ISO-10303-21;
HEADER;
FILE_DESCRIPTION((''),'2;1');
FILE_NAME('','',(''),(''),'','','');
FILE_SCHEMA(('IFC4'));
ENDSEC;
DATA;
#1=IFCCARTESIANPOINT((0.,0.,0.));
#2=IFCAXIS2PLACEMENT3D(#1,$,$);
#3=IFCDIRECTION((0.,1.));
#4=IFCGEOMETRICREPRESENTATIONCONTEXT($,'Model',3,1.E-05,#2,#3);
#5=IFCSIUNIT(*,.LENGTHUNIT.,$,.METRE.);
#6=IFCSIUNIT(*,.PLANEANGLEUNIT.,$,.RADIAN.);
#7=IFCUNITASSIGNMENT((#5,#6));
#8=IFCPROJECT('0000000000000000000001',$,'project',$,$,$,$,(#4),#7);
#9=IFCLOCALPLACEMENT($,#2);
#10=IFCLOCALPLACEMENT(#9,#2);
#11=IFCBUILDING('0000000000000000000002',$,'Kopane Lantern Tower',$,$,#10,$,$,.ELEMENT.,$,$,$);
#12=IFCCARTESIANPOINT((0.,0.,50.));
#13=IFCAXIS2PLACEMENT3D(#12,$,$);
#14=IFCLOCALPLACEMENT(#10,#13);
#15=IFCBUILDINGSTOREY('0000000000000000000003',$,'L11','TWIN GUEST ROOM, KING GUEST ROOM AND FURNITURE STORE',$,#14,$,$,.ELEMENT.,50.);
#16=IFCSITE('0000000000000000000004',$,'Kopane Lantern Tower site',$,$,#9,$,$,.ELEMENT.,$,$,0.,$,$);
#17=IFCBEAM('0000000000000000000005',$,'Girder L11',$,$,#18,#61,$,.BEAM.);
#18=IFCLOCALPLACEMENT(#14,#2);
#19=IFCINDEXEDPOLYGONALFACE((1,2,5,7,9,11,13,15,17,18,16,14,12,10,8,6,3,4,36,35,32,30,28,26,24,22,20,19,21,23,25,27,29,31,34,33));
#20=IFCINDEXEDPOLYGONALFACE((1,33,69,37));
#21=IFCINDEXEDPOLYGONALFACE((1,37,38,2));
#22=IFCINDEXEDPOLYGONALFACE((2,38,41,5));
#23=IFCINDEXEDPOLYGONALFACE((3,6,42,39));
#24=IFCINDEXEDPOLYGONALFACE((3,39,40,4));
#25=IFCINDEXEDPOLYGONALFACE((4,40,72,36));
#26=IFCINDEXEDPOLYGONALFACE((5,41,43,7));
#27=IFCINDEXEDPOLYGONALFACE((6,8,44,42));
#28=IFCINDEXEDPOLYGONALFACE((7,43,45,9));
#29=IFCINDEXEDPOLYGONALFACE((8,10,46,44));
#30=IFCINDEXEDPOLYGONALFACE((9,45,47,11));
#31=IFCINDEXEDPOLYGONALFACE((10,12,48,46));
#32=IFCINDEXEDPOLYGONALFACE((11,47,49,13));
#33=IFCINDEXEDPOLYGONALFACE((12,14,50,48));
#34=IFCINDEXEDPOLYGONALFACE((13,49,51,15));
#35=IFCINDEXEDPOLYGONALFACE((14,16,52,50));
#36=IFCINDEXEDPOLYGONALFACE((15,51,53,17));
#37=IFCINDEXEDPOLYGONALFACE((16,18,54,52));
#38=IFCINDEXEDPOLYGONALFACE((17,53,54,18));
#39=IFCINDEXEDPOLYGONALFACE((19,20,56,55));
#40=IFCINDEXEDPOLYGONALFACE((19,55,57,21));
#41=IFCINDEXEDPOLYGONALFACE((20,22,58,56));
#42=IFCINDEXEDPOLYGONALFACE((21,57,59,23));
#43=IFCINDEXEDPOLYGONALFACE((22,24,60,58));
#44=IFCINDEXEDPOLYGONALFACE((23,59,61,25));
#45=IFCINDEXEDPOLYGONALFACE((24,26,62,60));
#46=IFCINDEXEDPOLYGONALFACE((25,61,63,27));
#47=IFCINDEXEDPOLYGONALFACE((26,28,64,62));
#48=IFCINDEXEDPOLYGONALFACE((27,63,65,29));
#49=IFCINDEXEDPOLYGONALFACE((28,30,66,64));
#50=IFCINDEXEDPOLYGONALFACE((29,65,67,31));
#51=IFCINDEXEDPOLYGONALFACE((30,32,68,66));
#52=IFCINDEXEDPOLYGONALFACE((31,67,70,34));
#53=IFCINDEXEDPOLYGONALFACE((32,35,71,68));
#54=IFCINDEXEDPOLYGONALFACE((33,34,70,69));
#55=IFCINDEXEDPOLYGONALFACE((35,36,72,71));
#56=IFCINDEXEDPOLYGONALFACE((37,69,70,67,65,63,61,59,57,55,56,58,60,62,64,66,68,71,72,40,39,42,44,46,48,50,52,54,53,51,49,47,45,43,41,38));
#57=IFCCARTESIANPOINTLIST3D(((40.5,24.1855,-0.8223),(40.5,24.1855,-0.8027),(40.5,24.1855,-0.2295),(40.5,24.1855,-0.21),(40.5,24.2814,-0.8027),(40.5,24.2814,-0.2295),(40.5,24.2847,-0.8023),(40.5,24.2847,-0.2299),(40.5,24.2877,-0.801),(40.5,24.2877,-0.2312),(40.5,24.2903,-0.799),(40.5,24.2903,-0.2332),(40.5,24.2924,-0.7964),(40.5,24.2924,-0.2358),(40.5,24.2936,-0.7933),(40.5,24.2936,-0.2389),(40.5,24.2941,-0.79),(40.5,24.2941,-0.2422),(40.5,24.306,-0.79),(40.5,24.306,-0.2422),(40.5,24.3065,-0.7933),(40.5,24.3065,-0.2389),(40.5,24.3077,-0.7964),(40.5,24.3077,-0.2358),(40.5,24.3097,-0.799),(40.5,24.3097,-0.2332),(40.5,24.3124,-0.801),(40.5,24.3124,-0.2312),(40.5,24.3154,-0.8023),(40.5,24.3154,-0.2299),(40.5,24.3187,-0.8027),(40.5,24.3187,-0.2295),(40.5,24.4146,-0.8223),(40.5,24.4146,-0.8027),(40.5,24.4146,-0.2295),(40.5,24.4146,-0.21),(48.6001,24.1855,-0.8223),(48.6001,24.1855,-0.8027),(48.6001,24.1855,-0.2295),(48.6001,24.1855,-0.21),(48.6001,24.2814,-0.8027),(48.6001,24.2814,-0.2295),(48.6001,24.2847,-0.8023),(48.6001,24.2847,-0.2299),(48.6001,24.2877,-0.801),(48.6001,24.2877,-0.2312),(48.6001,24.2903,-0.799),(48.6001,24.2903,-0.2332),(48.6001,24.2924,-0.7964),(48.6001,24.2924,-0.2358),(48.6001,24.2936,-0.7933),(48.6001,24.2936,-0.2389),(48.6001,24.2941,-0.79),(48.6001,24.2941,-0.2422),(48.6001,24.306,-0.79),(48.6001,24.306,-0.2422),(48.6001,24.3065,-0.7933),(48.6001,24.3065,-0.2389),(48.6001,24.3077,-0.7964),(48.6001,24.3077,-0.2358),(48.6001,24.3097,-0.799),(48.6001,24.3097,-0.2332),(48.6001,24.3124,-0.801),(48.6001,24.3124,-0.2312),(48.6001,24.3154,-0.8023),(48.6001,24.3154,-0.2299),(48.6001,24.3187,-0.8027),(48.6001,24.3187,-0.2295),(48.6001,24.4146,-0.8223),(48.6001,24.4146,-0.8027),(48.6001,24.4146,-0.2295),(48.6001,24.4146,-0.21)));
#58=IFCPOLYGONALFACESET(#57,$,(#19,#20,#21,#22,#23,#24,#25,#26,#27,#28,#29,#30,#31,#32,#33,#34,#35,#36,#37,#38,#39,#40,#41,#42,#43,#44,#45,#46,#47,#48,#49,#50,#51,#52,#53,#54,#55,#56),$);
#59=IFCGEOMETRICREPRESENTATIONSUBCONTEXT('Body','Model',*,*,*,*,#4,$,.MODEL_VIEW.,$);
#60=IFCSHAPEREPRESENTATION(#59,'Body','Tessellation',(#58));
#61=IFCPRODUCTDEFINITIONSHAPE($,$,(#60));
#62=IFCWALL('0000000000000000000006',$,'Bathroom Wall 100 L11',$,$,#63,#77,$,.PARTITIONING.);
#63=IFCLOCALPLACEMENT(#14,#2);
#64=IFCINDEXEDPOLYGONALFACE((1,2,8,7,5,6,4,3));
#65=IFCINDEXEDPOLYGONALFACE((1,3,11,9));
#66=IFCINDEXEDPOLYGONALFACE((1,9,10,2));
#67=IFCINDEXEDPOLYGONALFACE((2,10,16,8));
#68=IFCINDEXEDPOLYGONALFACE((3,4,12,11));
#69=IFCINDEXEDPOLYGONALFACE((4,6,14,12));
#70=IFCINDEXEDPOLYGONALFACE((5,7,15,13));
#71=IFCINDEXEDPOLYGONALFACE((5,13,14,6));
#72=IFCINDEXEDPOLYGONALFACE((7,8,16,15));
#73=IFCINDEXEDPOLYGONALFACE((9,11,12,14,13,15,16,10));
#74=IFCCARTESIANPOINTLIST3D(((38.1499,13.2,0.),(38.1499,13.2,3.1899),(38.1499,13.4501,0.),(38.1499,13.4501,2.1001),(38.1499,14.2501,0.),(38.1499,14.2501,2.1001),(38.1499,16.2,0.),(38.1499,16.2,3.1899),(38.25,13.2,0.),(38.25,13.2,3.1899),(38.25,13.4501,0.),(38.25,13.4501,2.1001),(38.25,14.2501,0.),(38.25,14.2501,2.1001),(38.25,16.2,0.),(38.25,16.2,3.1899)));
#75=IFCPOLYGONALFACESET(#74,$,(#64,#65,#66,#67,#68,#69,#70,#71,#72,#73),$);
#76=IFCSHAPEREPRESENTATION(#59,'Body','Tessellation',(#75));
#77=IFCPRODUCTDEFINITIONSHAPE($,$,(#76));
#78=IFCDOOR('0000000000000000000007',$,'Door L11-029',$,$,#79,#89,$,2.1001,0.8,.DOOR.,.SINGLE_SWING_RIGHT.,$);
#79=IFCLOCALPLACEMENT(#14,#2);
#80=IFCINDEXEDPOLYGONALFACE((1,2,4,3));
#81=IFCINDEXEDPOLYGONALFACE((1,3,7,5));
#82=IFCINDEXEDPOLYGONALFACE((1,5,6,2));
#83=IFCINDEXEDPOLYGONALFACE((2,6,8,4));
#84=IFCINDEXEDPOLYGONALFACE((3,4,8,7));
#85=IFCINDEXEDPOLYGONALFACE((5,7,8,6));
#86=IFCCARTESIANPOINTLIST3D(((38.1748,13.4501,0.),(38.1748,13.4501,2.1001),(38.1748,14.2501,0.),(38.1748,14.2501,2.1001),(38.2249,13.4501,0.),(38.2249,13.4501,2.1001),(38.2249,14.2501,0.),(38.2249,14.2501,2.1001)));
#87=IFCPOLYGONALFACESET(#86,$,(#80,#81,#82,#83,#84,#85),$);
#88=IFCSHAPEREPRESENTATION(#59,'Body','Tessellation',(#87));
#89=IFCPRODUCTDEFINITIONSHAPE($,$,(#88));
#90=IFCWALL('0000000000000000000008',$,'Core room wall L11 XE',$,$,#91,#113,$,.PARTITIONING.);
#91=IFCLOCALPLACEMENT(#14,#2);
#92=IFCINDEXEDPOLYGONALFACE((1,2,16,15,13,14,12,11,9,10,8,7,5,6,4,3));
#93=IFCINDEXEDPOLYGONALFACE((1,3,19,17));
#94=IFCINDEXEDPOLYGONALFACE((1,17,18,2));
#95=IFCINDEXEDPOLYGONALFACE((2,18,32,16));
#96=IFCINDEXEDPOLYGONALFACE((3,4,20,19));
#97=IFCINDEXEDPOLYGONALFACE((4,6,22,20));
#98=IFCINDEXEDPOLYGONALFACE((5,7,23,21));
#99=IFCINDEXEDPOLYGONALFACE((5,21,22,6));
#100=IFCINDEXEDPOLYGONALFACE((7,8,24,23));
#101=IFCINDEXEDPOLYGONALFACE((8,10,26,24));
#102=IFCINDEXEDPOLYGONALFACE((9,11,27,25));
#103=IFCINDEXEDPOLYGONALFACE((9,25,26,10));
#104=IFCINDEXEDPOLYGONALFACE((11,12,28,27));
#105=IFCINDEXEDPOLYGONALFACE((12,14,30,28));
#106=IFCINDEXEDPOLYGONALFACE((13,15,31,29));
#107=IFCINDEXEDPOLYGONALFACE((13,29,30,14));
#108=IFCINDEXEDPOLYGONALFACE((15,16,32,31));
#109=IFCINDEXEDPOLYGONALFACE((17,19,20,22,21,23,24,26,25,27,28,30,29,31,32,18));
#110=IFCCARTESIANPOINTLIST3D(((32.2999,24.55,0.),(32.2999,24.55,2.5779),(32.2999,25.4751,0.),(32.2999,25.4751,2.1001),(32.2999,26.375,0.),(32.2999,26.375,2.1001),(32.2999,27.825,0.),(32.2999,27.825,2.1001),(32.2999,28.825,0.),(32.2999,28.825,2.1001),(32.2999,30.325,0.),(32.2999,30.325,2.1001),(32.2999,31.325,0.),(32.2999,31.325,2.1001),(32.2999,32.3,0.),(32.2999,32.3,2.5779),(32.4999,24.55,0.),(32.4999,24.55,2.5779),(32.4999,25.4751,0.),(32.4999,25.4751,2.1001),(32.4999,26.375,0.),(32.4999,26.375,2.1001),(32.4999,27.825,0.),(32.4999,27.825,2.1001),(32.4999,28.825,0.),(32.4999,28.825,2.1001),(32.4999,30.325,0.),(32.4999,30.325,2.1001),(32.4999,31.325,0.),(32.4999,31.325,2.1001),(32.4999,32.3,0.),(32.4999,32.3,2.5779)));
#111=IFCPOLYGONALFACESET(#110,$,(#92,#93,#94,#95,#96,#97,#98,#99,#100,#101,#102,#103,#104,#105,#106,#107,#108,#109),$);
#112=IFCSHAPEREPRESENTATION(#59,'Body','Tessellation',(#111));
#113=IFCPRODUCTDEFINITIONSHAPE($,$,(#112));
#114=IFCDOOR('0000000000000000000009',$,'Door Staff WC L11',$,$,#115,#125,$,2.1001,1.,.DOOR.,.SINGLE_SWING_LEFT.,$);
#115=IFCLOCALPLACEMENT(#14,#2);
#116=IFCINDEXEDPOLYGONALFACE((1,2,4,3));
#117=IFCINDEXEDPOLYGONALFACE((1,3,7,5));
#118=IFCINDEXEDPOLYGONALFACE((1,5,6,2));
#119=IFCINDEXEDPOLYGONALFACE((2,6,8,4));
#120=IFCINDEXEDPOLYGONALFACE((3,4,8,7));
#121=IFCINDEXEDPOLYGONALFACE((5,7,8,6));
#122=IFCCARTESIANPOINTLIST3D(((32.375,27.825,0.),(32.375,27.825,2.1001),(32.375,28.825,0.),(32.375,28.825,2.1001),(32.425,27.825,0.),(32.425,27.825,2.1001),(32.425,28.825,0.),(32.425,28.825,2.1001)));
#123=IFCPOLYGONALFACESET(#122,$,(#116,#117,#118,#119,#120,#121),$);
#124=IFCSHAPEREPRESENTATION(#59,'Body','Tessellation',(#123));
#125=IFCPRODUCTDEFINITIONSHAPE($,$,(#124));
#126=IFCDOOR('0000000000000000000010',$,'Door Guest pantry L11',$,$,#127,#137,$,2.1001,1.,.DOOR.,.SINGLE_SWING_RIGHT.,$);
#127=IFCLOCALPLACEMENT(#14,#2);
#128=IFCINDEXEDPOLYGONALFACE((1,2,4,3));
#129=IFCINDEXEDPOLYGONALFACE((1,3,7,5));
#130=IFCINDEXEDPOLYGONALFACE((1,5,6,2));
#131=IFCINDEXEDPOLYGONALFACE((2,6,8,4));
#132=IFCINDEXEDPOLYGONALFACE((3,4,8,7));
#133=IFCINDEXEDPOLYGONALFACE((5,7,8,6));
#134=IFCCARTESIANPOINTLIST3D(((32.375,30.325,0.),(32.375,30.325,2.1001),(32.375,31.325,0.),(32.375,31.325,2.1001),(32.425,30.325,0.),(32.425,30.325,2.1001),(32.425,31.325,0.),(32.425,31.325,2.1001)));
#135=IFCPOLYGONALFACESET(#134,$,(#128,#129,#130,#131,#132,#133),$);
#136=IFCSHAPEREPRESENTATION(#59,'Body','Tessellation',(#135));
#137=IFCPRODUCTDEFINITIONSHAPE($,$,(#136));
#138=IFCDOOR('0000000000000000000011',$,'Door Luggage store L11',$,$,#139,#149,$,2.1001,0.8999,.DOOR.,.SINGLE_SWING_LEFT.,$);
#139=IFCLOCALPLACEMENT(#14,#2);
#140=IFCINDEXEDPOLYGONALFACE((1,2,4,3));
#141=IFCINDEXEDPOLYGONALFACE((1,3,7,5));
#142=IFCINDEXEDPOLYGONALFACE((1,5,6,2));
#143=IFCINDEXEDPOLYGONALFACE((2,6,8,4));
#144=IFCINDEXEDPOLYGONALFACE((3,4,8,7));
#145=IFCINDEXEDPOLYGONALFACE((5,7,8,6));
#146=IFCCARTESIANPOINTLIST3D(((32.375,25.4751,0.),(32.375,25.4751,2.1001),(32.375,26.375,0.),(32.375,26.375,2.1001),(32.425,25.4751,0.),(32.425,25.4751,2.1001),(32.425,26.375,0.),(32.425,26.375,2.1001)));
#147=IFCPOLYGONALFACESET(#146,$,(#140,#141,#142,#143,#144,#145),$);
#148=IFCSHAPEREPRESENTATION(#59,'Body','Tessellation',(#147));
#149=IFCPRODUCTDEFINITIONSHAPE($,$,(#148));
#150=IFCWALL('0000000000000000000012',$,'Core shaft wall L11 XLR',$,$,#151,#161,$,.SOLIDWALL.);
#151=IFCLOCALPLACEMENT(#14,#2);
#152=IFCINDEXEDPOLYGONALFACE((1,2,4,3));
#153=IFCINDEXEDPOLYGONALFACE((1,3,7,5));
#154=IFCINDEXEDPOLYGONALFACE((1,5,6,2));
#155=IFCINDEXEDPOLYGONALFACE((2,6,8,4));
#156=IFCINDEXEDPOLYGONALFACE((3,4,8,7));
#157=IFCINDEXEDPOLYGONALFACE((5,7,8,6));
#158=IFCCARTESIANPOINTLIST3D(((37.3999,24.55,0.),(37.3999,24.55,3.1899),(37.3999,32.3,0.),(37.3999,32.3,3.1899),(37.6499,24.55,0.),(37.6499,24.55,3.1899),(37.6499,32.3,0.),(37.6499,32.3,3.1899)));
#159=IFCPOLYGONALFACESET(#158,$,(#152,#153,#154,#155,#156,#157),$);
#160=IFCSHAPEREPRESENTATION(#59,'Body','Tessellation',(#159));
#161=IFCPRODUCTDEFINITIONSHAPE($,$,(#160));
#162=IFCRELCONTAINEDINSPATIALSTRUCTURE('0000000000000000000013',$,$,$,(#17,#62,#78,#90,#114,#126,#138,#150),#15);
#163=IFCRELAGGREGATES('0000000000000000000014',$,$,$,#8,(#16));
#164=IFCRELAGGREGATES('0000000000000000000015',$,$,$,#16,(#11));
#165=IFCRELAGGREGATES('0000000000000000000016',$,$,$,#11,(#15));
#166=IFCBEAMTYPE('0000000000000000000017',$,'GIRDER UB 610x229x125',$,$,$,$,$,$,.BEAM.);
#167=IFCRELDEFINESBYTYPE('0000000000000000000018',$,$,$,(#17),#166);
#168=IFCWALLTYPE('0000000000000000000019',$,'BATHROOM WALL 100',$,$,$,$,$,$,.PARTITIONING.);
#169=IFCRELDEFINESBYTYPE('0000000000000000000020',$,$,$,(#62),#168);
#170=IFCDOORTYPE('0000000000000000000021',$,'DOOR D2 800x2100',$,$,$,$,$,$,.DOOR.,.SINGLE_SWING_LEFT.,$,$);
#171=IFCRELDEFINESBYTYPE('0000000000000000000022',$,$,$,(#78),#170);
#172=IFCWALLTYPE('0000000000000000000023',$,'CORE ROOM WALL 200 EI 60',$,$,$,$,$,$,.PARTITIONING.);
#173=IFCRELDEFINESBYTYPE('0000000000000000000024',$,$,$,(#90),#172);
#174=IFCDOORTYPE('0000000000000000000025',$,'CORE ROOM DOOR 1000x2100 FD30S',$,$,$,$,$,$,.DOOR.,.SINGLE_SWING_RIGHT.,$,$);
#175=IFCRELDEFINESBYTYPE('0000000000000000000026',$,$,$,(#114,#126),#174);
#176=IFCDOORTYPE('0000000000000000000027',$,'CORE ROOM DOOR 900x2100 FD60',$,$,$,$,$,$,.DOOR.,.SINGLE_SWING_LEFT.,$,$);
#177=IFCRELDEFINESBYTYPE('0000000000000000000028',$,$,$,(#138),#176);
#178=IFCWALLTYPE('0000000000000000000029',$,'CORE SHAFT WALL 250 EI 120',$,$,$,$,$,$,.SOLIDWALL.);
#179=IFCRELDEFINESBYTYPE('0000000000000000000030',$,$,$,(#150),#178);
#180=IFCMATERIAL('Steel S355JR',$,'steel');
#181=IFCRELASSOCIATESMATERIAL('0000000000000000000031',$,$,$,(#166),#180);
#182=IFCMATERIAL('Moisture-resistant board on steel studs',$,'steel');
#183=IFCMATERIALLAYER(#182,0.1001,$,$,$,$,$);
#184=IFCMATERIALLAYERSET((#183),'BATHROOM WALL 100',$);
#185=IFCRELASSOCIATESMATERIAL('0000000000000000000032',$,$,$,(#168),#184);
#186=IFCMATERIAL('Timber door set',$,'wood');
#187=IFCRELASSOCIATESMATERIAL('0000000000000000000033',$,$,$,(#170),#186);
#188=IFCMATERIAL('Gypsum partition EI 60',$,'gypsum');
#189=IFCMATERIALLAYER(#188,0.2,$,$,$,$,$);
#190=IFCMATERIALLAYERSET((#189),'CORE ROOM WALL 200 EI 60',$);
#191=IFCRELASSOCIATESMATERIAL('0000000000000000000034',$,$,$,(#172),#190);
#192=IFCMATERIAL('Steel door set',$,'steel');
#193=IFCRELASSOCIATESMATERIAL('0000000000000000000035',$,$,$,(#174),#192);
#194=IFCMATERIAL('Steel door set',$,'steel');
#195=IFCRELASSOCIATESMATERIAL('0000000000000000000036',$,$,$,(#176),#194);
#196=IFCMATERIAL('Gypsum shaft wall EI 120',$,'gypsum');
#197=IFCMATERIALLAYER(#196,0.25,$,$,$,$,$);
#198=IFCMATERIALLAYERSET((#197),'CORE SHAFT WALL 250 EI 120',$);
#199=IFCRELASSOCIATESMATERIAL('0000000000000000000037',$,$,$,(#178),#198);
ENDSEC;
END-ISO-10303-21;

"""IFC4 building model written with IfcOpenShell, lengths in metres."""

from ifc_helpers import new_model, si_unit, direction, frame, frame_2d, origin, origin_2d, place, context, subcontext, project, spatial, rectangle, i_section, extrude, material, layer, layer_set, material_profile, profile_set, type_object, element, fill, save


model = new_model("IFC4")

# Units and contexts
model_context = context("Model", 3, precision=1e-05, world=origin(), true_north=direction((0.0, 1.0)))
body_context = subcontext(model_context, "Body", "Model", "MODEL_VIEW")
ifc_project = project(units=[si_unit("LENGTHUNIT", "METRE"), si_unit("PLANEANGLEUNIT", "RADIAN")], contexts=[model_context])

# Site, building, storey
site_placement = place(None, origin())
site = spatial("IfcSite", under=ifc_project, at=site_placement, Name="Kopane Lantern Tower site", CompositionType="ELEMENT", RefElevation=0.0)
building_placement = place(site_placement, origin())
building = spatial("IfcBuilding", under=site, at=building_placement, Name="Kopane Lantern Tower", CompositionType="ELEMENT")
storey_placement = place(building_placement, frame((0.0, 0.0, 50.0)))
storey = spatial("IfcBuildingStorey", under=building, at=storey_placement, Name="L11", Description="TWIN GUEST ROOM, KING GUEST ROOM AND FURNITURE STORE", CompositionType="ELEMENT", Elevation=50.0)

# Beam
ifc_material_1 = material(Name="Steel S355JR", Category="steel")
ifc_material_profile_1 = material_profile(ifc_material_1, i_section(OverallWidth=0.229, OverallDepth=0.6123, WebThickness=0.012, FlangeThickness=0.0195, FilletRadius=0.0127, at=origin_2d()), Name="UB 610x229x125")
ifc_profile_set_1 = profile_set([ifc_material_profile_1], Name="Steel S355JR")
beam_type_1 = type_object("IfcBeamType", Name="GIRDER UB 610x229x125", PredefinedType="BEAM", material=ifc_profile_set_1)
beam_1_placement = place(storey_placement, frame((40.5, 24.3, -0.5161), z_axis=(1.0, 0.0, 0.0), x_axis=(0.0, 1.0, 0.0)))
element("IfcBeam", 1, at=beam_1_placement, inside=storey, type_object=beam_type_1, Name="Girder L11", PredefinedType="BEAM", context=body_context, shape_type="SweptSolid", body=[
    extrude(i_section(OverallWidth=0.229, OverallDepth=0.6123, WebThickness=0.012, FlangeThickness=0.0195, FilletRadius=0.0127, at=origin_2d()), origin(), (0.0, 0.0, 1.0), 8.1001),
])

# Wall, opening, door
ifc_material_2 = material(Name="Moisture-resistant board on steel studs", Category="steel")
ifc_layer_1 = layer(ifc_material_2, 0.1001)
ifc_layer_set_1 = layer_set([ifc_layer_1], Name="BATHROOM WALL 100")
wall_type_1 = type_object("IfcWallType", Name="BATHROOM WALL 100", PredefinedType="PARTITIONING", material=ifc_layer_set_1)
wall_1_placement = place(storey_placement, frame((38.2, 16.2, 0.0), z_axis=(0.0, 0.0, 1.0), x_axis=(0.0, -1.0, 0.0)))
wall_1 = element("IfcWall", 2, at=wall_1_placement, inside=storey, type_object=wall_type_1, Name="Bathroom Wall 100 L11", PredefinedType="PARTITIONING", context=body_context, shape_type="SweptSolid", body=[
    extrude(rectangle(XDim=3.0, YDim=0.1001, at=frame_2d((1.5, 0.0))), origin(), (0.0, 0.0, 1.0), 3.1899),
])
opening_1_placement = place(wall_1_placement, frame((1.95, 0.0, 0.0)))
opening_1 = element("IfcOpeningElement", 3, at=opening_1_placement, cuts=wall_1, PredefinedType="OPENING", context=body_context, shape_type="SweptSolid", body=[
    extrude(rectangle(XDim=0.8, YDim=2.1001, at=frame_2d((0.3999, 1.05))), frame((0.0, 0.0601, 0.0), z_axis=(0.0, -1.0, 0.0), x_axis=(1.0, 0.0, 0.0)), (0.0, 0.0, 1.0), 0.1201),
])
ifc_material_3 = material(Name="Timber door set", Category="wood")
door_type_1 = type_object("IfcDoorType", Name="DOOR D2 800x2100", OperationType="SINGLE_SWING_LEFT", PredefinedType="DOOR", material=ifc_material_3)
door_1_placement = place(opening_1_placement, origin())
door_1 = element("IfcDoor", 4, at=door_1_placement, inside=storey, type_object=door_type_1, Name="Door L11-029", OperationType="SINGLE_SWING_RIGHT", OverallHeight=2.1001, OverallWidth=0.8, PredefinedType="DOOR", context=body_context, shape_type="SweptSolid", body=[
    extrude(rectangle(XDim=0.8, YDim=2.1001, at=frame_2d((0.3999, 1.05))), frame((0.0, 0.0249, 0.0), z_axis=(0.0, -1.0, 0.0), x_axis=(1.0, 0.0, 0.0)), (0.0, 0.0, 1.0), 0.05),
])
fill(opening_1, door_1)

# Wall, openings, doors
ifc_material_4 = material(Name="Gypsum partition EI 60", Category="gypsum")
ifc_layer_2 = layer(ifc_material_4, 0.2)
ifc_layer_set_2 = layer_set([ifc_layer_2], Name="CORE ROOM WALL 200 EI 60")
wall_type_2 = type_object("IfcWallType", Name="CORE ROOM WALL 200 EI 60", PredefinedType="PARTITIONING", material=ifc_layer_set_2)
wall_2_placement = place(storey_placement, frame((32.3999, 24.55, 0.0), z_axis=(0.0, 0.0, 1.0), x_axis=(0.0, 1.0, 0.0)))
wall_2 = element("IfcWall", 5, at=wall_2_placement, inside=storey, type_object=wall_type_2, Name="Core room wall L11 XE", PredefinedType="PARTITIONING", context=body_context, shape_type="SweptSolid", body=[
    extrude(rectangle(XDim=7.75, YDim=0.2, at=frame_2d((3.875, 0.0))), origin(), (0.0, 0.0, 1.0), 2.5779),
])
opening_2_placement = place(wall_2_placement, frame((0.925, 0.0, 0.0)))
opening_2 = element("IfcOpeningElement", 6, at=opening_2_placement, cuts=wall_2, PredefinedType="OPENING", context=body_context, shape_type="SweptSolid", body=[
    extrude(rectangle(XDim=0.8999, YDim=2.1001, at=frame_2d((0.45, 1.05))), frame((0.0, 0.1099, 0.0), z_axis=(0.0, -1.0, 0.0), x_axis=(1.0, 0.0, 0.0)), (0.0, 0.0, 1.0), 0.22),
])
opening_3_placement = place(wall_2_placement, frame((3.2749, 0.0, 0.0)))
opening_3 = element("IfcOpeningElement", 7, at=opening_3_placement, cuts=wall_2, PredefinedType="OPENING", context=body_context, shape_type="SweptSolid", body=[
    extrude(rectangle(XDim=1.0, YDim=2.1001, at=frame_2d((0.5, 1.05))), frame((0.0, 0.1099, 0.0), z_axis=(0.0, -1.0, 0.0), x_axis=(1.0, 0.0, 0.0)), (0.0, 0.0, 1.0), 0.22),
])
opening_4_placement = place(wall_2_placement, frame((5.7749, 0.0, 0.0)))
opening_4 = element("IfcOpeningElement", 8, at=opening_4_placement, cuts=wall_2, PredefinedType="OPENING", context=body_context, shape_type="SweptSolid", body=[
    extrude(rectangle(XDim=1.0, YDim=2.1001, at=frame_2d((0.5, 1.05))), frame((0.0, 0.1099, 0.0), z_axis=(0.0, -1.0, 0.0), x_axis=(1.0, 0.0, 0.0)), (0.0, 0.0, 1.0), 0.22),
])
ifc_material_5 = material(Name="Steel door set", Category="steel")
door_type_2 = type_object("IfcDoorType", Name="CORE ROOM DOOR 1000x2100 FD30S", OperationType="SINGLE_SWING_RIGHT", PredefinedType="DOOR", material=ifc_material_5)
door_2_placement = place(opening_3_placement, origin())
door_2 = element("IfcDoor", 9, at=door_2_placement, inside=storey, type_object=door_type_2, Name="Door Staff WC L11", OperationType="SINGLE_SWING_LEFT", OverallHeight=2.1001, OverallWidth=1.0, PredefinedType="DOOR", context=body_context, shape_type="SweptSolid", body=[
    extrude(rectangle(XDim=1.0, YDim=2.1001, at=frame_2d((0.5, 1.05))), frame((0.0, 0.0249, 0.0), z_axis=(0.0, -1.0, 0.0), x_axis=(1.0, 0.0, 0.0)), (0.0, 0.0, 1.0), 0.05),
])
fill(opening_3, door_2)
door_3_placement = place(opening_4_placement, origin())
door_3 = element("IfcDoor", 10, at=door_3_placement, inside=storey, type_object=door_type_2, Name="Door Guest pantry L11", OperationType="SINGLE_SWING_RIGHT", OverallHeight=2.1001, OverallWidth=1.0, PredefinedType="DOOR", context=body_context, shape_type="SweptSolid", body=[
    extrude(rectangle(XDim=1.0, YDim=2.1001, at=frame_2d((0.5, 1.05))), frame((0.0, 0.0249, 0.0), z_axis=(0.0, -1.0, 0.0), x_axis=(1.0, 0.0, 0.0)), (0.0, 0.0, 1.0), 0.05),
])
fill(opening_4, door_3)
ifc_material_6 = material(Name="Steel door set", Category="steel")
door_type_3 = type_object("IfcDoorType", Name="CORE ROOM DOOR 900x2100 FD60", OperationType="SINGLE_SWING_LEFT", PredefinedType="DOOR", material=ifc_material_6)
door_4_placement = place(opening_2_placement, origin())
door_4 = element("IfcDoor", 11, at=door_4_placement, inside=storey, type_object=door_type_3, Name="Door Luggage store L11", OperationType="SINGLE_SWING_LEFT", OverallHeight=2.1001, OverallWidth=0.8999, PredefinedType="DOOR", context=body_context, shape_type="SweptSolid", body=[
    extrude(rectangle(XDim=0.8999, YDim=2.1001, at=frame_2d((0.45, 1.05))), frame((0.0, 0.0249, 0.0), z_axis=(0.0, -1.0, 0.0), x_axis=(1.0, 0.0, 0.0)), (0.0, 0.0, 1.0), 0.05),
])
fill(opening_2, door_4)

# Wall
ifc_material_7 = material(Name="Gypsum shaft wall EI 120", Category="gypsum")
ifc_layer_3 = layer(ifc_material_7, 0.25)
ifc_layer_set_3 = layer_set([ifc_layer_3], Name="CORE SHAFT WALL 250 EI 120")
wall_type_3 = type_object("IfcWallType", Name="CORE SHAFT WALL 250 EI 120", PredefinedType="SOLIDWALL", material=ifc_layer_set_3)
wall_3_placement = place(storey_placement, frame((37.5249, 24.55, 0.0), z_axis=(0.0, 0.0, 1.0), x_axis=(0.0, 1.0, 0.0)))
element("IfcWall", 12, at=wall_3_placement, inside=storey, type_object=wall_type_3, Name="Core shaft wall L11 XLR", PredefinedType="SOLIDWALL", context=body_context, shape_type="SweptSolid", body=[
    extrude(rectangle(XDim=7.75, YDim=0.25, at=frame_2d((3.875, 0.0))), origin(), (0.0, 0.0, 1.0), 3.1899),
])

save(model, "model.ifc")
